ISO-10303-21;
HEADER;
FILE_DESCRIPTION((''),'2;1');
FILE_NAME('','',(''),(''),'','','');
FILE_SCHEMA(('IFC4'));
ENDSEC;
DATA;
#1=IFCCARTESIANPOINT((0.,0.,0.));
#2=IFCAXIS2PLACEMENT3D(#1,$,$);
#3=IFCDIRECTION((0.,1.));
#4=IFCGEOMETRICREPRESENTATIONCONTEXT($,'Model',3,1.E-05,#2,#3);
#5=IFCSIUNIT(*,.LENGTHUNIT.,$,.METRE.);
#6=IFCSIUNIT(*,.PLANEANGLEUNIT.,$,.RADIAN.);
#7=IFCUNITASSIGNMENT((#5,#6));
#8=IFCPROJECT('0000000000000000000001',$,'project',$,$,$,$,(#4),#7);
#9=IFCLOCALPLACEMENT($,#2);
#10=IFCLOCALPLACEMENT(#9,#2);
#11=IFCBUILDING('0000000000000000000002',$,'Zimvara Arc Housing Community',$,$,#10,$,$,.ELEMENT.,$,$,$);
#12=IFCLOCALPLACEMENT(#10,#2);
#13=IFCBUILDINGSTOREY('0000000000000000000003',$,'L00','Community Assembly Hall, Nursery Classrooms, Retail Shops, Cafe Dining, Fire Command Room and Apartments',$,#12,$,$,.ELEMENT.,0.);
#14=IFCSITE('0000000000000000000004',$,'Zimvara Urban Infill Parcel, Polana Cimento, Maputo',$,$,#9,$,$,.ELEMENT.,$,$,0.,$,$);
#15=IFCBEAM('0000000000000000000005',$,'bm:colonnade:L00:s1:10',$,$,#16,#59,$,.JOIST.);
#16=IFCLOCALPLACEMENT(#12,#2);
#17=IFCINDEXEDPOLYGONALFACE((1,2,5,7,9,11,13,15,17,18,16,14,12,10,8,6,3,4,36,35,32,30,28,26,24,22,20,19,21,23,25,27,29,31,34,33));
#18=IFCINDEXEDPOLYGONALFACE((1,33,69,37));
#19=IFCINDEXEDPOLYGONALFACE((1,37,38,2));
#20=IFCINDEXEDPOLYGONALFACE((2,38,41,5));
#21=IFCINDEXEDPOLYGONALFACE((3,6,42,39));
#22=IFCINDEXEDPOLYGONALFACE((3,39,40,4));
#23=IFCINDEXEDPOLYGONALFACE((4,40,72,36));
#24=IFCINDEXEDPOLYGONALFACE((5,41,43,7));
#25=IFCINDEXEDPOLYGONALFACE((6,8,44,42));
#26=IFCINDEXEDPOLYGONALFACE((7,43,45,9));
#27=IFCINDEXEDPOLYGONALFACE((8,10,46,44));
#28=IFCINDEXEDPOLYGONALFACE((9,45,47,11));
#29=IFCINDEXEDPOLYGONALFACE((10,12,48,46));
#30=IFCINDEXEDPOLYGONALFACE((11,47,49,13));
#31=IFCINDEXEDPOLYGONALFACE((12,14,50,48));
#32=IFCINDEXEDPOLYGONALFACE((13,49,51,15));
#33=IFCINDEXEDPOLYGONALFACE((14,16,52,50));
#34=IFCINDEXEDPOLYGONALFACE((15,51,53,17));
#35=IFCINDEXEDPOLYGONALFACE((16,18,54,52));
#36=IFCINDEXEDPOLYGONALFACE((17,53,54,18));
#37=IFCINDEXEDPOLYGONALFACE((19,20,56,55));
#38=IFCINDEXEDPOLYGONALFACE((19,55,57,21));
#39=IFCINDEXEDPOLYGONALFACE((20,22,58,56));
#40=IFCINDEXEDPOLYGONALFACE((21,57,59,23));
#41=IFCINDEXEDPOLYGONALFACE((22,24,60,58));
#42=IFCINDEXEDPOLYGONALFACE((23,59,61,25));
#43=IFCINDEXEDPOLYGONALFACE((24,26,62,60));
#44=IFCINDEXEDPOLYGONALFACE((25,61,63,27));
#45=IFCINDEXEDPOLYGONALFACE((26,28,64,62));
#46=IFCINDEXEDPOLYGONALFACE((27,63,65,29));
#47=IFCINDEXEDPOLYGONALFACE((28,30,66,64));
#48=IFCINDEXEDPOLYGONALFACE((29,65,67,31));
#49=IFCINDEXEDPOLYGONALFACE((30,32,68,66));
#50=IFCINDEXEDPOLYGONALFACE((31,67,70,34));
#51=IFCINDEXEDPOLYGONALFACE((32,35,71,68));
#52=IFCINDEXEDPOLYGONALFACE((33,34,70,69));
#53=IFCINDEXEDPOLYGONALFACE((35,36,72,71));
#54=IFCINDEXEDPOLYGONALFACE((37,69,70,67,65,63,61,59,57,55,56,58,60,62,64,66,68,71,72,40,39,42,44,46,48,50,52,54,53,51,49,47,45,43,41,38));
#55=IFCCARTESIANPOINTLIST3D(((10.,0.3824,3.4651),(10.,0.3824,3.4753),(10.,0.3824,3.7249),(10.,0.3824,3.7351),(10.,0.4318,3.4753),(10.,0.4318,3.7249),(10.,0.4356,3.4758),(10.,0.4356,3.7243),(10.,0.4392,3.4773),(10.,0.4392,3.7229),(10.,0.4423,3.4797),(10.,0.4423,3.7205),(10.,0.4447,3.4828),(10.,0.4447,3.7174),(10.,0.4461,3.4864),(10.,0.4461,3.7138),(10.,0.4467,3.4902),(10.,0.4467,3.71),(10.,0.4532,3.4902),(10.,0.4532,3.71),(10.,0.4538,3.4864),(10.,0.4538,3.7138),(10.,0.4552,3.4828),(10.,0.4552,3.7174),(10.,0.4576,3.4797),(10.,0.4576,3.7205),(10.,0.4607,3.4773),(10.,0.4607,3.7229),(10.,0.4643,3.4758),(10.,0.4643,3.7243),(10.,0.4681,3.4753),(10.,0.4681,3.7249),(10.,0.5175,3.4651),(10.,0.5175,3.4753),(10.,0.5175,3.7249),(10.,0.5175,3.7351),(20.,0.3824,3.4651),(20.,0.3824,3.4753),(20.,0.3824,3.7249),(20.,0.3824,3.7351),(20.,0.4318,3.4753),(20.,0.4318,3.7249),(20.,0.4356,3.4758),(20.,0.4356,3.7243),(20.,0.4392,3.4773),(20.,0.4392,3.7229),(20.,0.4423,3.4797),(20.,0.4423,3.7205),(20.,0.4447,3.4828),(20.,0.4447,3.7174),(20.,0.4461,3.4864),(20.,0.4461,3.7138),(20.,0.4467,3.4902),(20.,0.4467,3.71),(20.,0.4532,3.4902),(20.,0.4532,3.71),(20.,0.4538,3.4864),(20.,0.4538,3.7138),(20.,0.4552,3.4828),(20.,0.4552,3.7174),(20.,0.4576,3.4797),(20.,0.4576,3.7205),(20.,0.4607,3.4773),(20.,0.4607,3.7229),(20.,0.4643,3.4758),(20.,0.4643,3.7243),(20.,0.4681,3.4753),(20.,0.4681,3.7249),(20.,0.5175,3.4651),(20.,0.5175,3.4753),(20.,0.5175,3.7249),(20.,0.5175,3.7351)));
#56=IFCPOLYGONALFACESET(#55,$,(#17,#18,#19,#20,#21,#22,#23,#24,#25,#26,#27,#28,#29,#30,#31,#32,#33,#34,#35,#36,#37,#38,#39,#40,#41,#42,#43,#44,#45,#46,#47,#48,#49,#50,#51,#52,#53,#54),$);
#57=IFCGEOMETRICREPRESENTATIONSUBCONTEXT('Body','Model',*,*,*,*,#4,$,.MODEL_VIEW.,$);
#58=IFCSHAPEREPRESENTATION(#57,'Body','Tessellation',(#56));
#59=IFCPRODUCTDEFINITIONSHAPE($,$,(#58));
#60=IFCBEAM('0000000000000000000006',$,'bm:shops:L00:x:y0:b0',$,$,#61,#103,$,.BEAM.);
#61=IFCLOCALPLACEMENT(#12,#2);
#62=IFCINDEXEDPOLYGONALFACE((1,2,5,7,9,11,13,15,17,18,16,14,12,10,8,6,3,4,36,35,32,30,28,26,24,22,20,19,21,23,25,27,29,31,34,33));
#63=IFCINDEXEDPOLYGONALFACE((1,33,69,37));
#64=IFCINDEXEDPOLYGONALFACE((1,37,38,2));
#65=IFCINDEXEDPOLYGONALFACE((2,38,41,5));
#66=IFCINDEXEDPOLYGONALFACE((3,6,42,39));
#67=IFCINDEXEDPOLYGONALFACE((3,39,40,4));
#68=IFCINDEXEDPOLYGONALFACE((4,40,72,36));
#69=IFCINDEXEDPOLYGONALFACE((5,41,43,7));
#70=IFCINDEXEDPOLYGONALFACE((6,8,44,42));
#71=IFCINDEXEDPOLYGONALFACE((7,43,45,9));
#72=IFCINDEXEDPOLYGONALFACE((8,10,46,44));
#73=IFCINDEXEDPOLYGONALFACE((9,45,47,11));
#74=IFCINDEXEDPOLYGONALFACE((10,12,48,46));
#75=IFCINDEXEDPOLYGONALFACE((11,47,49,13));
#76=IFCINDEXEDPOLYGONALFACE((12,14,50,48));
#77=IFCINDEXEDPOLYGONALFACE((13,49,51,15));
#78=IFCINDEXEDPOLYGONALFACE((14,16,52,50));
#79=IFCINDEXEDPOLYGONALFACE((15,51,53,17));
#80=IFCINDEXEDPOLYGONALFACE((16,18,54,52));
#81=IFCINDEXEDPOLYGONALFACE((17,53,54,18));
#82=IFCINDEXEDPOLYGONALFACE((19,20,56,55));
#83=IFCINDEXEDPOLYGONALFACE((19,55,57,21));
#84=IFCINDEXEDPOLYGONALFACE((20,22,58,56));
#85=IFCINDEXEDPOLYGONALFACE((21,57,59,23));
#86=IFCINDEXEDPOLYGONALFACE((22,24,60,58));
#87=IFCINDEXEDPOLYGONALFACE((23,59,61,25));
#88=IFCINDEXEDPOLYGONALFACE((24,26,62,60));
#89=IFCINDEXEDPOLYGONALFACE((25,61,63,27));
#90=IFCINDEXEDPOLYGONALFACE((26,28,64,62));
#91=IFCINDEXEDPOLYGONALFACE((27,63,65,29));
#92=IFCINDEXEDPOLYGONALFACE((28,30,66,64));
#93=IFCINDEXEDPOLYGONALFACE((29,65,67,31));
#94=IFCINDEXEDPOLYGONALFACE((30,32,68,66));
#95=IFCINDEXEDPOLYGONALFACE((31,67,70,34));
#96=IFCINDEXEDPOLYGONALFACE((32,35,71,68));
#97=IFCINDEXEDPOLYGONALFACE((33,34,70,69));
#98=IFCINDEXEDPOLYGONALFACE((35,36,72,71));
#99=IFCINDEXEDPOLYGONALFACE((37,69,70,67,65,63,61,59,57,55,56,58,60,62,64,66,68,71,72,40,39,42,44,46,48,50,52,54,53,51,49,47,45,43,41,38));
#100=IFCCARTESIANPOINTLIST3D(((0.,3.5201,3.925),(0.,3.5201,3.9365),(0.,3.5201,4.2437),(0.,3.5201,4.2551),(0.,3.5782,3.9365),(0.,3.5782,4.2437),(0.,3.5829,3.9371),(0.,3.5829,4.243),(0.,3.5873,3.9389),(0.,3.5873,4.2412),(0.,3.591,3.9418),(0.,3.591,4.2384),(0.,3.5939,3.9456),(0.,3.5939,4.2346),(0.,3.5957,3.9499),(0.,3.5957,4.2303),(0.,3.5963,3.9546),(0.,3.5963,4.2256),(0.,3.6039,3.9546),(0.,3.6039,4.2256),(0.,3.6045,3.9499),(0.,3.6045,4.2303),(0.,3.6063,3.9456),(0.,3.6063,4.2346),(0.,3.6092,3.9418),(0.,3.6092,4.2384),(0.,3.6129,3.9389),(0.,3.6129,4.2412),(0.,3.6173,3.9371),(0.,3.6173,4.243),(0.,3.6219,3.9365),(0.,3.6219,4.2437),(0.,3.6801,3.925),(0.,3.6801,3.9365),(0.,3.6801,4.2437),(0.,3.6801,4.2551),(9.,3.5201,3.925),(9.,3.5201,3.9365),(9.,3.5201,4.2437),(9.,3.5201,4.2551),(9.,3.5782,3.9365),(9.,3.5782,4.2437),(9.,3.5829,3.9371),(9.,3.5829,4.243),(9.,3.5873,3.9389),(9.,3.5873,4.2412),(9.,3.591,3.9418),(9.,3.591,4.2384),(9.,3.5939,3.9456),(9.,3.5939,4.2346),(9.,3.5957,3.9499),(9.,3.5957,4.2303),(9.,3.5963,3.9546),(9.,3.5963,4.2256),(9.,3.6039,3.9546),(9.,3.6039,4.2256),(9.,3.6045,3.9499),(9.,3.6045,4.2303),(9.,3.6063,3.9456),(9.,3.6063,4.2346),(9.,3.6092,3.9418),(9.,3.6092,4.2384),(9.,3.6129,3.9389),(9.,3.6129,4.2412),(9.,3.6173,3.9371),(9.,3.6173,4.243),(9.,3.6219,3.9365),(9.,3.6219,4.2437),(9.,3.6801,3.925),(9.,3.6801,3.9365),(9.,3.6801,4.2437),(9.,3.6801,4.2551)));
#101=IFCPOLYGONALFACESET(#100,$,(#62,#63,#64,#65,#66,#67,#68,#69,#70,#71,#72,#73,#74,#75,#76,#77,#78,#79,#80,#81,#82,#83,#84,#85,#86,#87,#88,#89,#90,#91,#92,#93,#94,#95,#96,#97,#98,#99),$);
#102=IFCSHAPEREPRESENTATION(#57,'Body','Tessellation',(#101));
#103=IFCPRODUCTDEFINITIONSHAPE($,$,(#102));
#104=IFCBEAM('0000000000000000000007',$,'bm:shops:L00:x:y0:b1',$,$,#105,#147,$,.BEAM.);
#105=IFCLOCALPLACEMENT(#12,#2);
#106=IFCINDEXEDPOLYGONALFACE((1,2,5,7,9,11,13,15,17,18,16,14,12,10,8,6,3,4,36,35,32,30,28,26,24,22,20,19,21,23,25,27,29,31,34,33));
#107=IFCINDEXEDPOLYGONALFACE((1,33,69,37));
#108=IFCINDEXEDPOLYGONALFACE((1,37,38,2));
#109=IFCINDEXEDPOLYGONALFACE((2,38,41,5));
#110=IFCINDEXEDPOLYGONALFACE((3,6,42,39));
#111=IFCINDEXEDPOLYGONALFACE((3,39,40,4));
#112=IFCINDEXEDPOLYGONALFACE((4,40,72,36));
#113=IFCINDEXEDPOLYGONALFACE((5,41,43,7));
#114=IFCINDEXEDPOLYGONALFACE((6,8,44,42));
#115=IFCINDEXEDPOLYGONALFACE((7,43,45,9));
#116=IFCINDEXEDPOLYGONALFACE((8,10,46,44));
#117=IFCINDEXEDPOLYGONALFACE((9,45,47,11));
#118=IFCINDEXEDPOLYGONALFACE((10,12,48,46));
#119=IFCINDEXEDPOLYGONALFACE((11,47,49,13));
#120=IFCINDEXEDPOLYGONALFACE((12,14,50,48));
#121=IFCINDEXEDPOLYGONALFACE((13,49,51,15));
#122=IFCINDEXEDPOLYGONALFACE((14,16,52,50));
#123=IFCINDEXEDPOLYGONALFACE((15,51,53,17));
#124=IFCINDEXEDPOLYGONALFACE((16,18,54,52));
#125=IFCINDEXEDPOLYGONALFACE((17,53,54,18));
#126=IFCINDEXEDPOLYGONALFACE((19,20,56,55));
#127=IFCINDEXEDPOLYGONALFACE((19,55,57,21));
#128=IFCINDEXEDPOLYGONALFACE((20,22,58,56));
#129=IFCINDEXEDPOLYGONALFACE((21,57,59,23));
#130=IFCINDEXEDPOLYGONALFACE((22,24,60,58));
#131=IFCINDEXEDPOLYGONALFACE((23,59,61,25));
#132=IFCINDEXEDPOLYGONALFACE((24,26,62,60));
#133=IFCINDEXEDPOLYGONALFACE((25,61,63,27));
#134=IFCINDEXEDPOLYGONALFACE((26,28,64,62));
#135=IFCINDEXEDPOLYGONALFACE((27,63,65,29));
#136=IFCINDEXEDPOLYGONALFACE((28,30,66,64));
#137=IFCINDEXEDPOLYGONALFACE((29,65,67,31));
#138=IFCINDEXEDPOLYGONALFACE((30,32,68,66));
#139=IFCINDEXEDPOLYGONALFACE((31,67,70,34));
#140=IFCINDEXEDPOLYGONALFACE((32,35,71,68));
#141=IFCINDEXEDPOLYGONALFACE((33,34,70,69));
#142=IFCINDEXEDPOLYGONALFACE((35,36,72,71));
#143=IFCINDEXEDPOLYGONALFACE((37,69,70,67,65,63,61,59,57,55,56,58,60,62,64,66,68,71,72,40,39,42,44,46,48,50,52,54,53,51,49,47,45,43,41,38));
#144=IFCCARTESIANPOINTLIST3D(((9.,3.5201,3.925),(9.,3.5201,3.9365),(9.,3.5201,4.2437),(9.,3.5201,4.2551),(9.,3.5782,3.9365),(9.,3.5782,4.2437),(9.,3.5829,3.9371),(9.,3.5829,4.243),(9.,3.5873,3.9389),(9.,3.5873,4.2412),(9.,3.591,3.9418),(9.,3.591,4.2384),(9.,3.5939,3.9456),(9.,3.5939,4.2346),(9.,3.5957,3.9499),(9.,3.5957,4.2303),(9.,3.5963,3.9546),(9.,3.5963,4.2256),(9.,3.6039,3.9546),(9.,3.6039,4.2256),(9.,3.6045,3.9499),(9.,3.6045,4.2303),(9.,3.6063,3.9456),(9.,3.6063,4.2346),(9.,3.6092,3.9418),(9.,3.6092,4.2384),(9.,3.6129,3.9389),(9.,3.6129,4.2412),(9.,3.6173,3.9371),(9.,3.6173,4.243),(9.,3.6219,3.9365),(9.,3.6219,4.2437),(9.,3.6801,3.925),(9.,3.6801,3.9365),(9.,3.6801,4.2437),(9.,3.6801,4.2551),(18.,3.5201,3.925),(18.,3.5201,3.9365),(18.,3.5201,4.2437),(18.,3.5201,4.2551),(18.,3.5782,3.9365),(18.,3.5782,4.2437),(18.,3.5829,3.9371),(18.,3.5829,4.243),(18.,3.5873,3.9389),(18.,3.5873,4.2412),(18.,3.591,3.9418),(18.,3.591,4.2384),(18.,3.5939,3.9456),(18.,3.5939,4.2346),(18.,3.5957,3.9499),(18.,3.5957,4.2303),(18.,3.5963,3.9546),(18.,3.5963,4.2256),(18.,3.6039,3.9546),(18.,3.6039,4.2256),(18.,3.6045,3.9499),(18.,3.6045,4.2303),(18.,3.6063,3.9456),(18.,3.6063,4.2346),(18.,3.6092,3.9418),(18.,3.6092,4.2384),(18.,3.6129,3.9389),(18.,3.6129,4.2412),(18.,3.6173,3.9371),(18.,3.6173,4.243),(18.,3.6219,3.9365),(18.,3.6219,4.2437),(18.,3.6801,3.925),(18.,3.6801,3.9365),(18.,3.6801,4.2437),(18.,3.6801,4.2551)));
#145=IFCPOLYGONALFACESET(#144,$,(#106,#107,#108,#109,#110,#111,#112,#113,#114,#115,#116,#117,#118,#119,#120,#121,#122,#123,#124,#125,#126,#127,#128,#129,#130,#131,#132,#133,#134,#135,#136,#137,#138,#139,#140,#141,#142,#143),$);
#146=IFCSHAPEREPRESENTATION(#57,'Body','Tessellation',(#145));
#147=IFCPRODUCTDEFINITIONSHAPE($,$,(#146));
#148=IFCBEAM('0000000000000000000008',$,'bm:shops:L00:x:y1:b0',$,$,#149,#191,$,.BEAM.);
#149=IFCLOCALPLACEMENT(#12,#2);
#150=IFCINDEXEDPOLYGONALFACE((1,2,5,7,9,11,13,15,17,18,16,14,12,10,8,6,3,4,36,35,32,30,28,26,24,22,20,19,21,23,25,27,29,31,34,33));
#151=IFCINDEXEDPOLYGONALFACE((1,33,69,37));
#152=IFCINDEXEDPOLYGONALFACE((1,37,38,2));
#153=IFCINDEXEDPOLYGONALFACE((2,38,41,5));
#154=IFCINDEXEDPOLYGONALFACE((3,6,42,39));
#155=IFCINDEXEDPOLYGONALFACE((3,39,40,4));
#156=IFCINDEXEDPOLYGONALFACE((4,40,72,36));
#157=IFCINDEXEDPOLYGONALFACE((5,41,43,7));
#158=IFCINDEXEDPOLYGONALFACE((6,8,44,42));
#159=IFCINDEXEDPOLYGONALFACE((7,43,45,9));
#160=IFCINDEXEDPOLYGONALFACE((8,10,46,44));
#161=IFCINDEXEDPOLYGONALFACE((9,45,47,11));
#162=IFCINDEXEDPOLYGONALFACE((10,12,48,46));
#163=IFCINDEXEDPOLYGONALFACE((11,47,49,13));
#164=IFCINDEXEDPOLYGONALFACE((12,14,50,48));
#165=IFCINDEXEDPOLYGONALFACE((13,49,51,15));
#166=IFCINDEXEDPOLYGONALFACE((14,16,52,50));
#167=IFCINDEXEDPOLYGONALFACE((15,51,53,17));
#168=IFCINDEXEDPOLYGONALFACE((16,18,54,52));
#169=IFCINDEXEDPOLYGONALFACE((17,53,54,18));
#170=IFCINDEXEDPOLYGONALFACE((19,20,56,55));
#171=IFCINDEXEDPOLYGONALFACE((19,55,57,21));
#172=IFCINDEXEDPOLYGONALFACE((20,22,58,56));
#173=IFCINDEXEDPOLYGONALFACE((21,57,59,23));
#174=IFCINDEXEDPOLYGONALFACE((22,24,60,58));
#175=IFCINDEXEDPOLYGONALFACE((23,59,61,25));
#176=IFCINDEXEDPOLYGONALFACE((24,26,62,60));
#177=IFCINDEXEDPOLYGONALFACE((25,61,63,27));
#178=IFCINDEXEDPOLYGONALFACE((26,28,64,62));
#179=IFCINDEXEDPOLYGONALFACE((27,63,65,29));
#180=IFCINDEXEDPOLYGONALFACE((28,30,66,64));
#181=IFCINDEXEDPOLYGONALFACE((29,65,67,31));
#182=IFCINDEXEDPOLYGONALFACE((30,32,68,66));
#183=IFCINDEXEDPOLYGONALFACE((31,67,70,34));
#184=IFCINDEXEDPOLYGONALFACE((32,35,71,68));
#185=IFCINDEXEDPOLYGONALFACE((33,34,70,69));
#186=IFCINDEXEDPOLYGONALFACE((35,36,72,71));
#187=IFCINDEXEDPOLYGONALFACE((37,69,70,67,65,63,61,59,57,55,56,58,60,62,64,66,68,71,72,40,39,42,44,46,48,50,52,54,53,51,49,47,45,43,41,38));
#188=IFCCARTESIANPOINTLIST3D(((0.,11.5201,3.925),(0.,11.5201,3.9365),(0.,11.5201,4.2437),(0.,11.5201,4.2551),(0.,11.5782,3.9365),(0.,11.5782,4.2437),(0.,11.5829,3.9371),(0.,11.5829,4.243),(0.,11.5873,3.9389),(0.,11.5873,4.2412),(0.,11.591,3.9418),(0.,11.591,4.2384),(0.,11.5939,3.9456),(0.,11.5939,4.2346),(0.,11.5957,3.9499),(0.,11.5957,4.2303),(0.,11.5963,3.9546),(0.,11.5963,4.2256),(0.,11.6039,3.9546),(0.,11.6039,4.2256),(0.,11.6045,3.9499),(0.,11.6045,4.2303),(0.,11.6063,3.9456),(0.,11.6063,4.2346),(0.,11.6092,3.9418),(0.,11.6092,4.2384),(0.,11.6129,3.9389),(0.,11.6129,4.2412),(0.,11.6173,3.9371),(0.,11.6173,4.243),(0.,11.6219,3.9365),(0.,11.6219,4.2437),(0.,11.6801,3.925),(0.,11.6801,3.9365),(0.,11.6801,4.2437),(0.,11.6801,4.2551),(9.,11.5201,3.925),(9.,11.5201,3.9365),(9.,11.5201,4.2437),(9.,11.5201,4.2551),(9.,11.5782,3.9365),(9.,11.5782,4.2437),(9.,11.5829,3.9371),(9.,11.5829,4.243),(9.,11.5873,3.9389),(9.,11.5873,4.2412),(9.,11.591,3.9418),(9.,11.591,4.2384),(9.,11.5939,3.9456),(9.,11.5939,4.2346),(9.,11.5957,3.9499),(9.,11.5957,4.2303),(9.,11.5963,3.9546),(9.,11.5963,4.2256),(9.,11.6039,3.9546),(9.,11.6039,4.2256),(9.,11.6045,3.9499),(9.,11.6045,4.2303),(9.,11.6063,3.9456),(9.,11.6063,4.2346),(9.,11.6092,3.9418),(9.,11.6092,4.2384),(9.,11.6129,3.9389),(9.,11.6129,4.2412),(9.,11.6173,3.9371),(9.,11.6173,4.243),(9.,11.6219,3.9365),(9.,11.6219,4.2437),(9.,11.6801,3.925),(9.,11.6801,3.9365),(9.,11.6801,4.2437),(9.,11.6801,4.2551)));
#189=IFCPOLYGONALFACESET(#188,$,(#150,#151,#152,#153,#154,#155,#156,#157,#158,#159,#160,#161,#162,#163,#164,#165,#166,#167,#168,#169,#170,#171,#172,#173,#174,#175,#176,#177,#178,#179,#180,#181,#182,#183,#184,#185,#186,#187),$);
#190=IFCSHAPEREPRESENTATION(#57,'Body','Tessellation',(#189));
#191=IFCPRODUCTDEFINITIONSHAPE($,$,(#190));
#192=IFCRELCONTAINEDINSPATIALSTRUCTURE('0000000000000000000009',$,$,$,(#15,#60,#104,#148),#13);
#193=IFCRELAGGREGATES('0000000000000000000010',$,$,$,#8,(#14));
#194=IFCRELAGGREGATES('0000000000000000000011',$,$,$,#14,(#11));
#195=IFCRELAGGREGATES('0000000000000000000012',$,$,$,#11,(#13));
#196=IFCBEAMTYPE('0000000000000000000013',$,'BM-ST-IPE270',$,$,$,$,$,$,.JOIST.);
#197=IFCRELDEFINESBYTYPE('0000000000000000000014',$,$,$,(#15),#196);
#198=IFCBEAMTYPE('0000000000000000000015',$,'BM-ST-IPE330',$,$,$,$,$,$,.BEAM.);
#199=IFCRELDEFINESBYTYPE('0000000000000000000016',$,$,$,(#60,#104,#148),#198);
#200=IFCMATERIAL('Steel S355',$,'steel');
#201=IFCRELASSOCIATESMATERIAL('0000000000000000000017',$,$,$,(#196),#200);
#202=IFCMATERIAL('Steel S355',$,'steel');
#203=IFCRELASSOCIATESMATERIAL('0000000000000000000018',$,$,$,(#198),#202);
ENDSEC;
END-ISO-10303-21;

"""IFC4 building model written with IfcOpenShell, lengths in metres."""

from ifc_helpers import new_model, si_unit, direction, frame, origin, origin_2d, place, context, subcontext, project, spatial, i_section, extrude, material, material_profile, profile_set, type_object, element, save


model = new_model("IFC4")

# Units and contexts
model_context = context("Model", 3, precision=1e-05, world=origin(), true_north=direction((0.0, 1.0)))
body_context = subcontext(model_context, "Body", "Model", "MODEL_VIEW")
ifc_project = project(units=[si_unit("LENGTHUNIT", "METRE"), si_unit("PLANEANGLEUNIT", "RADIAN")], contexts=[model_context])

# Site, building, storey
site_placement = place(None, origin())
site = spatial("IfcSite", under=ifc_project, at=site_placement, Name="Zimvara Urban Infill Parcel, Polana Cimento, Maputo", CompositionType="ELEMENT", RefElevation=0.0)
building_placement = place(site_placement, origin())
building = spatial("IfcBuilding", under=site, at=building_placement, Name="Zimvara Arc Housing Community", CompositionType="ELEMENT")
storey_placement = place(building_placement, origin())
storey = spatial("IfcBuildingStorey", under=building, at=storey_placement, Name="L00", Description="Community Assembly Hall, Nursery Classrooms, Retail Shops, Cafe Dining, Fire Command Room and Apartments", CompositionType="ELEMENT", Elevation=0.0)

# Beams
ifc_material_1 = material(Name="Steel S355", Category="steel")
ifc_material_profile_1 = material_profile(ifc_material_1, i_section(OverallWidth=0.135, OverallDepth=0.27, WebThickness=0.0066, FlangeThickness=0.0103, FilletRadius=0.0149, at=origin_2d()), Name="IPE 270")
ifc_profile_set_1 = profile_set([ifc_material_profile_1], Name="Steel S355")
beam_type_1 = type_object("IfcBeamType", Name="BM-ST-IPE270", PredefinedType="JOIST", material=ifc_profile_set_1)
for number, where, z_axis, x_axis, name in (
    (1, (10.0, 0.45, 3.6001), (1.0, 0.0, 0.0), (0.0, 1.0, 0.0), "bm:colonnade:L00:s1:10"),
):
    element("IfcBeam", number, at=place(storey_placement, frame(where, z_axis=z_axis, x_axis=x_axis)), inside=storey, type_object=beam_type_1, Name=name, PredefinedType="JOIST", context=body_context, shape_type="SweptSolid", body=[
        extrude(i_section(OverallWidth=0.135, OverallDepth=0.27, WebThickness=0.0066, FlangeThickness=0.0103, FilletRadius=0.0149, at=origin_2d()), origin(), (0.0, 0.0, 1.0), 10.0),
    ])
ifc_material_2 = material(Name="Steel S355", Category="steel")
ifc_material_profile_2 = material_profile(ifc_material_2, i_section(OverallWidth=0.1599, OverallDepth=0.3301, WebThickness=0.0076, FlangeThickness=0.0115, FilletRadius=0.0181, at=origin_2d()), Name="IPE 330")
ifc_profile_set_2 = profile_set([ifc_material_profile_2], Name="Steel S355")
beam_type_2 = type_object("IfcBeamType", Name="BM-ST-IPE330", PredefinedType="BEAM", material=ifc_profile_set_2)
for number, where, z_axis, x_axis, name in (
    (2, (0.0, 3.6001, 4.0901), (1.0, 0.0, 0.0), (0.0, 1.0, 0.0), "bm:shops:L00:x:y0:b0"),
    (3, (9.0, 3.6001, 4.0901), (1.0, 0.0, 0.0), (0.0, 1.0, 0.0), "bm:shops:L00:x:y0:b1"),
    (4, (0.0, 11.6001, 4.0901), (1.0, 0.0, 0.0), (0.0, 1.0, 0.0), "bm:shops:L00:x:y1:b0"),
):
    element("IfcBeam", number, at=place(storey_placement, frame(where, z_axis=z_axis, x_axis=x_axis)), inside=storey, type_object=beam_type_2, Name=name, PredefinedType="BEAM", context=body_context, shape_type="SweptSolid", body=[
        extrude(i_section(OverallWidth=0.1599, OverallDepth=0.3301, WebThickness=0.0076, FlangeThickness=0.0115, FilletRadius=0.0181, at=origin_2d()), origin(), (0.0, 0.0, 1.0), 9.0),
    ])

save(model, "model.ifc")
